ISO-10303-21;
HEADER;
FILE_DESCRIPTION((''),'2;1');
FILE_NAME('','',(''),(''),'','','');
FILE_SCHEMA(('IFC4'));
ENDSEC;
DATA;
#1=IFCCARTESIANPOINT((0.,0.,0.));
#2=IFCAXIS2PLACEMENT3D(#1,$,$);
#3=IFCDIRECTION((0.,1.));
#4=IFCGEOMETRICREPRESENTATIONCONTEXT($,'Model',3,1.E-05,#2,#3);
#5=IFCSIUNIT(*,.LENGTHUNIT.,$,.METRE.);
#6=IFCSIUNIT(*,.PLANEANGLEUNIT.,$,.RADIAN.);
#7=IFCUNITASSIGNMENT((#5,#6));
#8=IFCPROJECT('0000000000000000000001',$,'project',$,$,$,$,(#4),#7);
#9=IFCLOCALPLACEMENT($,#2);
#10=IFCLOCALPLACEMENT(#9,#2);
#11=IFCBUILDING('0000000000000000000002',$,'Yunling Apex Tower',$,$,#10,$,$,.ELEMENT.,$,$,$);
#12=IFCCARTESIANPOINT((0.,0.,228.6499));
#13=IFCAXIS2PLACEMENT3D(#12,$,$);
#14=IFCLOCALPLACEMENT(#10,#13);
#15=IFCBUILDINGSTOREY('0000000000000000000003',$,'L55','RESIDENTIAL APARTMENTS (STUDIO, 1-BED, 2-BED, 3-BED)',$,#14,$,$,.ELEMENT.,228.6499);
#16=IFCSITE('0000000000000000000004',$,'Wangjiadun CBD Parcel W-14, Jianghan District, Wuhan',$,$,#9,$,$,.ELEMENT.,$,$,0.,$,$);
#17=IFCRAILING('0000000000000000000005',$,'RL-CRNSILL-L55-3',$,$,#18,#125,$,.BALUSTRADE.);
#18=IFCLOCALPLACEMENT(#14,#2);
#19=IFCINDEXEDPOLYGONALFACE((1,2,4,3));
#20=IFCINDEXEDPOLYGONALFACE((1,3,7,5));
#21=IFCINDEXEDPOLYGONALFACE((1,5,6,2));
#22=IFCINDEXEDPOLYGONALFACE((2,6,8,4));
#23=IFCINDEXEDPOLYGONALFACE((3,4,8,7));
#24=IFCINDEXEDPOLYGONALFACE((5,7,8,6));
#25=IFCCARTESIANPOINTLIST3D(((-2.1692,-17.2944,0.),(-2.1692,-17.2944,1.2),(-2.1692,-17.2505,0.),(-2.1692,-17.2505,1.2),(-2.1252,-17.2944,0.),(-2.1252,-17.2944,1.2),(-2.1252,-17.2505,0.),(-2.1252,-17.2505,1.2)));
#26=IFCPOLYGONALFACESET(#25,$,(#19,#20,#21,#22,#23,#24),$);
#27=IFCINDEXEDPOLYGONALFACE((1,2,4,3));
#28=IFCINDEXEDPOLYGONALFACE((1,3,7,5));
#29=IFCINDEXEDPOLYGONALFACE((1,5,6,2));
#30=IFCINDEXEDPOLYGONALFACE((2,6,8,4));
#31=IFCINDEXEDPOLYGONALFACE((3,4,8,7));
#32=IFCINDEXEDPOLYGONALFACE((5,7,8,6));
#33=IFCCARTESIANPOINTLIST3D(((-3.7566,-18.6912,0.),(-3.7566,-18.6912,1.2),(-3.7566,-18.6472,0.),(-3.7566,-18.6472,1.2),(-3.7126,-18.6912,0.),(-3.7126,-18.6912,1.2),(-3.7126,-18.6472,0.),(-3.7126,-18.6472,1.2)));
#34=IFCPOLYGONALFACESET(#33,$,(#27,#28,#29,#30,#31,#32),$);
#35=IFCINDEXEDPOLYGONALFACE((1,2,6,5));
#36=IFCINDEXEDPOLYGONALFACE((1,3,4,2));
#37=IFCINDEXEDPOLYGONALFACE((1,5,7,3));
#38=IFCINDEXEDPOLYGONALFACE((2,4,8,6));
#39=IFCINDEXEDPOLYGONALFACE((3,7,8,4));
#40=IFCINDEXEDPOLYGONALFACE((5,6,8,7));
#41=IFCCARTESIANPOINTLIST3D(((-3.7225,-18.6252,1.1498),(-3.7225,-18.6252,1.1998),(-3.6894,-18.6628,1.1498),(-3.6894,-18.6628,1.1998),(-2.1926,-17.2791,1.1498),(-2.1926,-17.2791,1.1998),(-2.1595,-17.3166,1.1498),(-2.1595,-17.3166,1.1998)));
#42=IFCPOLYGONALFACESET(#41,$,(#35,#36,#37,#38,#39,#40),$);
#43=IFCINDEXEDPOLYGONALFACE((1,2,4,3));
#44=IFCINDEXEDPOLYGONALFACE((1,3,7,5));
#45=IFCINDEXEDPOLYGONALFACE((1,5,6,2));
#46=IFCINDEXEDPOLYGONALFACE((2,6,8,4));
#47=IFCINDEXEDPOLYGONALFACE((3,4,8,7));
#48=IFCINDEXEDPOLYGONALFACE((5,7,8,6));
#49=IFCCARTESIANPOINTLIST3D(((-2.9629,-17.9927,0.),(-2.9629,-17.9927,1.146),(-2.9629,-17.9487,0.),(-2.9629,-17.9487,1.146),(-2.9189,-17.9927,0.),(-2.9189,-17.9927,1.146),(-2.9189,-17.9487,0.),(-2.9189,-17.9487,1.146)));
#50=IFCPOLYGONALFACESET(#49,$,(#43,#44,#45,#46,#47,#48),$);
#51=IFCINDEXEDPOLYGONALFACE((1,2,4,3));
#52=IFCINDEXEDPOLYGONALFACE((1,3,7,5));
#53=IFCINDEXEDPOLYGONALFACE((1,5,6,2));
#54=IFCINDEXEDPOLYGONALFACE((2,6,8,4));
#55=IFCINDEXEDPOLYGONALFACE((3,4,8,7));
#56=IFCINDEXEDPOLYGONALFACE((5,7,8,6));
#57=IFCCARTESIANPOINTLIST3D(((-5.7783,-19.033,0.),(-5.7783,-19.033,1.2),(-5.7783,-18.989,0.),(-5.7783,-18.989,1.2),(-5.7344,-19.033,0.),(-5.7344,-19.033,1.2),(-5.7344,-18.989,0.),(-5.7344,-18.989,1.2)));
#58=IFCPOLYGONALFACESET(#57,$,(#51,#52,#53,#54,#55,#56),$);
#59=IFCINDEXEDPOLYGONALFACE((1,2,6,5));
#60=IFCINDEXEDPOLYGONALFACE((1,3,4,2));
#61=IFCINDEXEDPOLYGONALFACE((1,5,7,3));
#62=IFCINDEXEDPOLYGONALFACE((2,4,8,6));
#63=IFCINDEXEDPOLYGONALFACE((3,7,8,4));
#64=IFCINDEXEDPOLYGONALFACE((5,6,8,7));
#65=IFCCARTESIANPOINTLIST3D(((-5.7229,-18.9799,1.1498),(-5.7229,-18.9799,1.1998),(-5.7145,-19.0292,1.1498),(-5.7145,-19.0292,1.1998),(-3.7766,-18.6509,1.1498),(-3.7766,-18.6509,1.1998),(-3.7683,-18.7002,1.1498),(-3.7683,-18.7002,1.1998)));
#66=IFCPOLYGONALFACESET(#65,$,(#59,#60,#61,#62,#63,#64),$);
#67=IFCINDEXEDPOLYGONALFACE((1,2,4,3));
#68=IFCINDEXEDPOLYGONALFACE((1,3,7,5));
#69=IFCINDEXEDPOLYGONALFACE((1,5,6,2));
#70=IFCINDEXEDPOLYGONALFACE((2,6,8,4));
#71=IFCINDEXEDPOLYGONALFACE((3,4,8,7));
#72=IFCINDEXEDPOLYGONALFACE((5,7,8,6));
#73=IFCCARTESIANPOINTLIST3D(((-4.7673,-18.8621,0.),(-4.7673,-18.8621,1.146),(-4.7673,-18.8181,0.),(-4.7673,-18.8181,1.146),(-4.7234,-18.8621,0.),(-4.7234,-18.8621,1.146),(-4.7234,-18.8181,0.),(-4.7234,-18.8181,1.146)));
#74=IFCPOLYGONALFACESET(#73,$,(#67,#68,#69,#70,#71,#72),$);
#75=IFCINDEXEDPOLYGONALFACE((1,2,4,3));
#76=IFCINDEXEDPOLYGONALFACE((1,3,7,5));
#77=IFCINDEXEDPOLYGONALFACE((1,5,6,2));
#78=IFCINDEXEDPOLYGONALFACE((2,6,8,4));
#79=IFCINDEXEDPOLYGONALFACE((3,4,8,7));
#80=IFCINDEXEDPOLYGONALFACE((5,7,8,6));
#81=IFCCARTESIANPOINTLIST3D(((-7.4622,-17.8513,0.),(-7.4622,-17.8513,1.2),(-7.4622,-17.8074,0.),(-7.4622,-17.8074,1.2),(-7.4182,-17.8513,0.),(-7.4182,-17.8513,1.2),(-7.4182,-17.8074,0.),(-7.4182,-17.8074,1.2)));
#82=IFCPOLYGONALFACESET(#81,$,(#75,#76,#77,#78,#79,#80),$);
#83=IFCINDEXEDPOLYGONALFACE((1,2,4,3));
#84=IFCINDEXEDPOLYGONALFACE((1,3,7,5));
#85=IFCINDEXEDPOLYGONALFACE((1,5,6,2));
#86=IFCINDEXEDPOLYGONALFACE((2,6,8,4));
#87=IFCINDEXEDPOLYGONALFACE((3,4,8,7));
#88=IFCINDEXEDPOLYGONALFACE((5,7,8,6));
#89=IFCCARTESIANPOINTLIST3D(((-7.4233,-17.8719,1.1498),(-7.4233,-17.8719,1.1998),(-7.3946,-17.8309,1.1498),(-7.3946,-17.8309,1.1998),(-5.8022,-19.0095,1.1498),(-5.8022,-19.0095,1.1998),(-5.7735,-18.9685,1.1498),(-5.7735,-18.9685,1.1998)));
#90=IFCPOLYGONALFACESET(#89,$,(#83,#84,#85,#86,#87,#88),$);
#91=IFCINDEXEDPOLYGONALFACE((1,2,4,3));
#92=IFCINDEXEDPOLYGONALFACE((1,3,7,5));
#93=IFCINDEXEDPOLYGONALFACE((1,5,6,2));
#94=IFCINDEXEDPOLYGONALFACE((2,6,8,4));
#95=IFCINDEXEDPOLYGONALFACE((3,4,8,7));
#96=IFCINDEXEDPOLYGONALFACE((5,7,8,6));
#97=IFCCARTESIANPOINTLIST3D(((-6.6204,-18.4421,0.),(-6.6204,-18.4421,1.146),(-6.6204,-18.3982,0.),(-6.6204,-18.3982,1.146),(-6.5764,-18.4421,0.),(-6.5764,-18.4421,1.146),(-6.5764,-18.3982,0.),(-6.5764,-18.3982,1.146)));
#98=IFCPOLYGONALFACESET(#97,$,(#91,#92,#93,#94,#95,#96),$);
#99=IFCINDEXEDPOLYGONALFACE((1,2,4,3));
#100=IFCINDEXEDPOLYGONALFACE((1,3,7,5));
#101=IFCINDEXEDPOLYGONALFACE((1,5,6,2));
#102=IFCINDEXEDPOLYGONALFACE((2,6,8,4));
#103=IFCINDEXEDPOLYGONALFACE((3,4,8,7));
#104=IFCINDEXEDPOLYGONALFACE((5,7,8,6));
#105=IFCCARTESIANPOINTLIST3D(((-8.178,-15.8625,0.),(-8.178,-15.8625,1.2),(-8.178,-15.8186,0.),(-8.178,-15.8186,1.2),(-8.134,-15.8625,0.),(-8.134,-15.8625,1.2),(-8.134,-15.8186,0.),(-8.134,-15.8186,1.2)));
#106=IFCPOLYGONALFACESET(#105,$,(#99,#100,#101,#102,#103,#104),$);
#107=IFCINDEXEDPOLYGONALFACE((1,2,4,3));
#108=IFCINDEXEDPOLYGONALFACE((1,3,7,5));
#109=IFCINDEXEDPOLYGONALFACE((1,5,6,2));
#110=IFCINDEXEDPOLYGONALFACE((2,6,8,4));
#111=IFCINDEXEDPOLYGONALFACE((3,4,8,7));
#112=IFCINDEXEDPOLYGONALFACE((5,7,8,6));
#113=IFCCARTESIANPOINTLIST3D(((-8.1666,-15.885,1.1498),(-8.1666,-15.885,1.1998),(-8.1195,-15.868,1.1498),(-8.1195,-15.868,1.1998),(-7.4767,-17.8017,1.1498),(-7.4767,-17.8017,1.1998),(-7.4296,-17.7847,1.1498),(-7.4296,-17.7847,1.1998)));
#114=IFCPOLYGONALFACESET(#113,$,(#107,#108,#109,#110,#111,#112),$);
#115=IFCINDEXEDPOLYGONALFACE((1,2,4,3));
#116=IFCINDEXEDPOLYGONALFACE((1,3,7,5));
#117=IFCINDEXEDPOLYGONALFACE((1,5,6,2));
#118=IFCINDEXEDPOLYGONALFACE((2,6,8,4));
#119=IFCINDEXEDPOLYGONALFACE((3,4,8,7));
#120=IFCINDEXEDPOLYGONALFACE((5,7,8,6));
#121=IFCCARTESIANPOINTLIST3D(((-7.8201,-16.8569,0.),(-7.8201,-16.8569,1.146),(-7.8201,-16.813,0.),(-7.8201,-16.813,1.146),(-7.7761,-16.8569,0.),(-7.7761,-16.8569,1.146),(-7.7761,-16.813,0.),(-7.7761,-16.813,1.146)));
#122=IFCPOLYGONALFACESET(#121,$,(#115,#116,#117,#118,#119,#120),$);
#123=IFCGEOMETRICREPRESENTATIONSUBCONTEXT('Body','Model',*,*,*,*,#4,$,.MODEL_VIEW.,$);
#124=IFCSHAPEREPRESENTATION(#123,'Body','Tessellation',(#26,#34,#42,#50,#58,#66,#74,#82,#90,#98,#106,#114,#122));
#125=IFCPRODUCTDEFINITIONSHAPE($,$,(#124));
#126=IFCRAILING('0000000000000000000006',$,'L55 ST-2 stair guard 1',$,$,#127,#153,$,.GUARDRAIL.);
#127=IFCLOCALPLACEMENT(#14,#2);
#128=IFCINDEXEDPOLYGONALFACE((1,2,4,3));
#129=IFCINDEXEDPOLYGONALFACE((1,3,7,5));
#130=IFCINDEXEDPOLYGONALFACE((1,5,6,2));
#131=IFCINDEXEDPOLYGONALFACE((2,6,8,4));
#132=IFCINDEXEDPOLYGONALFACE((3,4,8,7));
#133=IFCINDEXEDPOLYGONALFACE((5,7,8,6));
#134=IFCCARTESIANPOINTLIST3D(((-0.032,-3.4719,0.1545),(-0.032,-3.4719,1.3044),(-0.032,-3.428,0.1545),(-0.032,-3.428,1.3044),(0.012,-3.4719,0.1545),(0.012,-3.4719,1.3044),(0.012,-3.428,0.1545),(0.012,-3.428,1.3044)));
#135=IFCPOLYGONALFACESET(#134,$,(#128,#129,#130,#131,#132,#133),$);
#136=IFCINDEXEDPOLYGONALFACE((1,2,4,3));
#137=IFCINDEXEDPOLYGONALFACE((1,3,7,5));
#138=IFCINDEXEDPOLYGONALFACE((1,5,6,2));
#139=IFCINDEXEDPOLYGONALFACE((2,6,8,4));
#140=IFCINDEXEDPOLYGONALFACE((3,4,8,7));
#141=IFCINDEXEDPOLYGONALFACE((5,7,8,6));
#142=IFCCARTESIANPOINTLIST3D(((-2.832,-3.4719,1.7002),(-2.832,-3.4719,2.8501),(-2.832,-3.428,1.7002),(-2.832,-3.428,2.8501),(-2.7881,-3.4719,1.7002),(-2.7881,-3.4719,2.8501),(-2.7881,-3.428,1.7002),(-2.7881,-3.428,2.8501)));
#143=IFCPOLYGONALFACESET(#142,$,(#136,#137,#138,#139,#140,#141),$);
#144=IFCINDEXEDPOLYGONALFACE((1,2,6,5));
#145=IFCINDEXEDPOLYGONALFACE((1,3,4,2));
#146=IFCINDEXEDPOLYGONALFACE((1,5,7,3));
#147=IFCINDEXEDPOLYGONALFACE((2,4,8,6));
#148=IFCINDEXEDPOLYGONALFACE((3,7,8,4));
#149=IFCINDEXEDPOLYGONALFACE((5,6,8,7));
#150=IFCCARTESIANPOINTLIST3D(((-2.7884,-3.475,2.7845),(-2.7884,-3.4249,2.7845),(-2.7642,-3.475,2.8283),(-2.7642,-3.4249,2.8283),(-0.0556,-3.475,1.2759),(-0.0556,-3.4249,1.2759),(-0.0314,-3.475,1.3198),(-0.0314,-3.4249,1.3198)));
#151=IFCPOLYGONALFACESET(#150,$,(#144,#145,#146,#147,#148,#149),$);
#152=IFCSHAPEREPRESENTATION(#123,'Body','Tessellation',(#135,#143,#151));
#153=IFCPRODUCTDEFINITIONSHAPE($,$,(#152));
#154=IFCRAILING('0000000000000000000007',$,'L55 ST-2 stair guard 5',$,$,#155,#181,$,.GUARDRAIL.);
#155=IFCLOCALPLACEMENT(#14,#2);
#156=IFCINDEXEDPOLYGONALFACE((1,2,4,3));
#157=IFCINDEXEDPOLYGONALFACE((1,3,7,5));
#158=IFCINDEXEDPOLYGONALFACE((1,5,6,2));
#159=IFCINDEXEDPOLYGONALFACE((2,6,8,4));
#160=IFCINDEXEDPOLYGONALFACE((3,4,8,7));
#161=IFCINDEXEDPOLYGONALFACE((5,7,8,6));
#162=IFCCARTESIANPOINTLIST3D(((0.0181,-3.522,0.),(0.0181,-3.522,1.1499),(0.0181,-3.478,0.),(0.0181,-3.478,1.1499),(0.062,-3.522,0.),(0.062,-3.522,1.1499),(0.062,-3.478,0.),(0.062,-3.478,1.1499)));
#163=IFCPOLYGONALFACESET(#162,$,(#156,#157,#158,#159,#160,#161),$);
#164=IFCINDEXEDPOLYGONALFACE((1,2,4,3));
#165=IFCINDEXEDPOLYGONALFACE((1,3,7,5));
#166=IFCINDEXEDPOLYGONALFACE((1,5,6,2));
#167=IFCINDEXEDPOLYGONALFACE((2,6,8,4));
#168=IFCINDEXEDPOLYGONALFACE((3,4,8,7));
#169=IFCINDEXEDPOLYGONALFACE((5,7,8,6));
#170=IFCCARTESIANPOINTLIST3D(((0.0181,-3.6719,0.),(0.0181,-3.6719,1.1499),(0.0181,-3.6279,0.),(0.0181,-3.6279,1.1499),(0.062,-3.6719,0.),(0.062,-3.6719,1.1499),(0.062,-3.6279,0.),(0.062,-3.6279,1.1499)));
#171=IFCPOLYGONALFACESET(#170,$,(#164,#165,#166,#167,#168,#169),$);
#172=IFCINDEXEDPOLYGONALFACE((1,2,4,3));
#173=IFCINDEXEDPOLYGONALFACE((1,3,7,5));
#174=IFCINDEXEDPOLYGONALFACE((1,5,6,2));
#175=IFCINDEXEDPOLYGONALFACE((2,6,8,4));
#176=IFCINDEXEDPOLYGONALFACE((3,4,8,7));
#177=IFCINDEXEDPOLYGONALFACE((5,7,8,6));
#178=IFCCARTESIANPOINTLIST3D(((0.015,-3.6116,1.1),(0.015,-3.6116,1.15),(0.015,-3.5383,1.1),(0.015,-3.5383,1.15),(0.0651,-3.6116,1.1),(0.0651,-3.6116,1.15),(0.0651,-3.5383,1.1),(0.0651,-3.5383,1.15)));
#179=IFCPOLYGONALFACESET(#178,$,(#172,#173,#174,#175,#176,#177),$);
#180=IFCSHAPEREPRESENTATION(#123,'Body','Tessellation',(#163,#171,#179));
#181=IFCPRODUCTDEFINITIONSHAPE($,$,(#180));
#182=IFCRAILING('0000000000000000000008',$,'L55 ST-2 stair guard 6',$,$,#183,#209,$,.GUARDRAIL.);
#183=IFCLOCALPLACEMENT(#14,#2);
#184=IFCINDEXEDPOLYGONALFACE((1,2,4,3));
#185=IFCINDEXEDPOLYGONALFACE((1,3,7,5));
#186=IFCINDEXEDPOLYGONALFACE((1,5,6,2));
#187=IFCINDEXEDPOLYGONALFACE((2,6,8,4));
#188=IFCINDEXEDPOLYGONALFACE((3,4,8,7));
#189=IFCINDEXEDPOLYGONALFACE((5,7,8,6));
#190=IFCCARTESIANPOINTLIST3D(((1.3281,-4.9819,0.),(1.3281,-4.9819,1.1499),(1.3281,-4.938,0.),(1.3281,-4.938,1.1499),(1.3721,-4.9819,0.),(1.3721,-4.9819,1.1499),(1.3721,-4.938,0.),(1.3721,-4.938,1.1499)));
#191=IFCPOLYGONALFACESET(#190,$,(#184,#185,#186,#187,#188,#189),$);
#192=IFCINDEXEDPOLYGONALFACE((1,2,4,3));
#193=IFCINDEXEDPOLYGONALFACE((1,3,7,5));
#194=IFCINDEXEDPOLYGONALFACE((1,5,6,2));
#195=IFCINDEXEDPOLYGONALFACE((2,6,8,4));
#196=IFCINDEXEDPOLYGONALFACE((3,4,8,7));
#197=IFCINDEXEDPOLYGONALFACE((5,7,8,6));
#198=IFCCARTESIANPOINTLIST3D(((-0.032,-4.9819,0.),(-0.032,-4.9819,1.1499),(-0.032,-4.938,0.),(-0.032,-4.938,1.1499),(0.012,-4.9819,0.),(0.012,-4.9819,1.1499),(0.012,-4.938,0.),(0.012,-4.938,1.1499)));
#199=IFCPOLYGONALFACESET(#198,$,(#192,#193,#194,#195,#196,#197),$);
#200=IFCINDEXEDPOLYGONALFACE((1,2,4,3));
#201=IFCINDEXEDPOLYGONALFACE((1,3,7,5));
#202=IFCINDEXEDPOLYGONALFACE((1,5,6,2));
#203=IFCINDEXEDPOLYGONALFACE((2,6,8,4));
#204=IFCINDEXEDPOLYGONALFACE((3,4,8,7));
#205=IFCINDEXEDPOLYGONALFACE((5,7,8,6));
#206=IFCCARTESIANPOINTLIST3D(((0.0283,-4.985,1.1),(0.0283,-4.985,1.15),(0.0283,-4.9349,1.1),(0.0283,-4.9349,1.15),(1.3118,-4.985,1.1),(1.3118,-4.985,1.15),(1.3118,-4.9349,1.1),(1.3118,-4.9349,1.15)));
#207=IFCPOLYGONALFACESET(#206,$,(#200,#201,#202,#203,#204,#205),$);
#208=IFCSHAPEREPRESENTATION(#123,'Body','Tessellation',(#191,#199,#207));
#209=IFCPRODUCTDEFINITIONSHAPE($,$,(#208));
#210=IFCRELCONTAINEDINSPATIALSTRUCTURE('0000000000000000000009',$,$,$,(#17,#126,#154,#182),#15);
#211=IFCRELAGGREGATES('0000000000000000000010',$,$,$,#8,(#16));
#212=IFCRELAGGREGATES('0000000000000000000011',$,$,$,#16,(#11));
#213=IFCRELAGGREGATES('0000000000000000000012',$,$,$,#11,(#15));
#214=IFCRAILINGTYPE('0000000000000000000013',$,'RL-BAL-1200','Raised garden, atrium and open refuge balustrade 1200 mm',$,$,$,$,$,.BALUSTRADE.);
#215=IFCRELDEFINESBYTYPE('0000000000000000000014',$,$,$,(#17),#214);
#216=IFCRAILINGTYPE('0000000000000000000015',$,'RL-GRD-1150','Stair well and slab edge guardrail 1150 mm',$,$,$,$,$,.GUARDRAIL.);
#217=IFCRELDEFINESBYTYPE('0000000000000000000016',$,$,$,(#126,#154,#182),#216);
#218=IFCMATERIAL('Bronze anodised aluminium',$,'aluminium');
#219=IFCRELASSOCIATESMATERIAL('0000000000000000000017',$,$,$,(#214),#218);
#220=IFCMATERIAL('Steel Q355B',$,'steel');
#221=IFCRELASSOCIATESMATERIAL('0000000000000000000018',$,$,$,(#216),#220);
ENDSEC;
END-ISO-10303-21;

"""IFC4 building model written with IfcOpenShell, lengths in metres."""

from ifc_helpers import new_model, si_unit, direction, frame, origin, origin_2d, place, context, subcontext, project, spatial, rectangle, extrude, material, type_object, element, save


model = new_model("IFC4")

# Units and contexts
model_context = context("Model", 3, precision=1e-05, world=origin(), true_north=direction((0.0, 1.0)))
body_context = subcontext(model_context, "Body", "Model", "MODEL_VIEW")
ifc_project = project(units=[si_unit("LENGTHUNIT", "METRE"), si_unit("PLANEANGLEUNIT", "RADIAN")], contexts=[model_context])

# Site, building, storey
site_placement = place(None, origin())
site = spatial("IfcSite", under=ifc_project, at=site_placement, Name="Wangjiadun CBD Parcel W-14, Jianghan District, Wuhan", CompositionType="ELEMENT", RefElevation=0.0)
building_placement = place(site_placement, origin())
building = spatial("IfcBuilding", under=site, at=building_placement, Name="Yunling Apex Tower", CompositionType="ELEMENT")
storey_placement = place(building_placement, frame((0.0, 0.0, 228.6499)))
storey = spatial("IfcBuildingStorey", under=building, at=storey_placement, Name="L55", Description="RESIDENTIAL APARTMENTS (STUDIO, 1-BED, 2-BED, 3-BED)", CompositionType="ELEMENT", Elevation=228.6499)

# Shared definitions
ifc_material_1 = material(Name="Steel Q355B", Category="steel")

# Shared definitions
ifc_material_2 = material(Name="Bronze anodised aluminium", Category="aluminium")

# Railings
railing_type_1 = type_object("IfcRailingType", Name="RL-BAL-1200", Description="Raised garden, atrium and open refuge balustrade 1200 mm", PredefinedType="BALUSTRADE", material=ifc_material_2)
railing_1_placement = place(storey_placement, frame((-2.1472, -17.2725, 0.0)))
element("IfcRailing", 1, at=railing_1_placement, inside=storey, type_object=railing_type_1, Name="RL-CRNSILL-L55-3", PredefinedType="BALUSTRADE", context=body_context, shape_type="SweptSolid", body=[
    extrude(rectangle(XDim=0.0439, YDim=0.0439, at=origin_2d()), origin(), (0.0, 0.0, 1.0), 1.2),
    extrude(rectangle(XDim=0.0439, YDim=0.0439, at=origin_2d()), frame((-1.5874, -1.3967, 0.0)), (0.0, 0.0, 1.0), 1.2),
    extrude(rectangle(XDim=0.05, YDim=0.05, at=origin_2d()), frame((-0.0288, -0.0254, 1.1748), z_axis=(-0.750757, -0.660578, 0.0), x_axis=(0.660578, -0.750757, 0.0)), (0.0, 0.0, 1.0), 2.0378),
    extrude(rectangle(XDim=0.0439, YDim=0.0439, at=origin_2d()), frame((-0.7937, -0.6982, 0.0)), (0.0, 0.0, 1.0), 1.146),
    extrude(rectangle(XDim=0.0439, YDim=0.0439, at=origin_2d()), frame((-3.6091, -1.7385, 0.0)), (0.0, 0.0, 1.0), 1.2),
    extrude(rectangle(XDim=0.05, YDim=0.05, at=origin_2d()), frame((-1.6252, -1.4031, 1.1748), z_axis=(-0.986008, -0.166696, 0.0), x_axis=(0.166696, -0.986008, 0.0)), (0.0, 0.0, 1.0), 1.9739),
    extrude(rectangle(XDim=0.0439, YDim=0.0439, at=origin_2d()), frame((-2.5981, -1.5676, 0.0)), (0.0, 0.0, 1.0), 1.146),
    extrude(rectangle(XDim=0.0439, YDim=0.0439, at=origin_2d()), frame((-5.293, -0.5569, 0.0)), (0.0, 0.0, 1.0), 1.2),
    extrude(rectangle(XDim=0.05, YDim=0.05, at=origin_2d()), frame((-3.6406, -1.7166, 1.1748), z_axis=(-0.818557, 0.574426, 0.0), x_axis=(-0.574426, -0.818557, 0.0)), (0.0, 0.0, 1.0), 1.9805),
    extrude(rectangle(XDim=0.0439, YDim=0.0439, at=origin_2d()), frame((-4.4512, -1.1477, 0.0)), (0.0, 0.0, 1.0), 1.146),
    extrude(rectangle(XDim=0.0439, YDim=0.0439, at=origin_2d()), frame((-6.0088, 1.4319, 0.0)), (0.0, 0.0, 1.0), 1.2),
    extrude(rectangle(XDim=0.05, YDim=0.05, at=origin_2d()), frame((-5.3059, -0.5208, 1.1748), z_axis=(-0.338662, 0.940908, 0.0), x_axis=(-0.940908, -0.338662, 0.0)), (0.0, 0.0, 1.0), 2.0371),
    extrude(rectangle(XDim=0.0439, YDim=0.0439, at=origin_2d()), frame((-5.6509, 0.4375, 0.0)), (0.0, 0.0, 1.0), 1.146),
])
railing_type_2 = type_object("IfcRailingType", Name="RL-GRD-1150", Description="Stair well and slab edge guardrail 1150 mm", PredefinedType="GUARDRAIL", material=ifc_material_1)
railing_2_placement = place(storey_placement, frame((-0.01, -3.45, 0.1545)))
element("IfcRailing", 2, at=railing_2_placement, inside=storey, type_object=railing_type_2, Name="L55 ST-2 stair guard 1", PredefinedType="GUARDRAIL", context=body_context, shape_type="SweptSolid", body=[
    extrude(rectangle(XDim=0.0439, YDim=0.0439, at=origin_2d()), origin(), (0.0, 0.0, 1.0), 1.1499),
    extrude(rectangle(XDim=0.0439, YDim=0.0439, at=origin_2d()), frame((-2.8, 0.0, 1.5457)), (0.0, 0.0, 1.0), 1.1499),
    extrude(rectangle(XDim=0.05, YDim=0.05, at=origin_2d()), frame((-0.0334, 0.0, 1.1433), z_axis=(-0.875472, 0.0, 0.483269), x_axis=(0.0, -1.0, 0.0)), (0.0, 0.0, 1.0), 3.1216),
])
railing_3_placement = place(storey_placement, frame((0.04, -3.5, 0.0)))
element("IfcRailing", 3, at=railing_3_placement, inside=storey, type_object=railing_type_2, Name="L55 ST-2 stair guard 5", PredefinedType="GUARDRAIL", context=body_context, shape_type="SweptSolid", body=[
    extrude(rectangle(XDim=0.0439, YDim=0.0439, at=origin_2d()), origin(), (0.0, 0.0, 1.0), 1.1499),
    extrude(rectangle(XDim=0.0439, YDim=0.0439, at=origin_2d()), frame((0.0, -0.1499, 0.0)), (0.0, 0.0, 1.0), 1.1499),
    extrude(rectangle(XDim=0.05, YDim=0.05, at=origin_2d()), frame((0.0, -0.0383, 1.125), z_axis=(0.0, -1.0, 0.0), x_axis=(1.0, 0.0, 0.0)), (0.0, 0.0, 1.0), 0.0732),
])
railing_4_placement = place(storey_placement, frame((1.3501, -4.96, 0.0)))
element("IfcRailing", 4, at=railing_4_placement, inside=storey, type_object=railing_type_2, Name="L55 ST-2 stair guard 6", PredefinedType="GUARDRAIL", context=body_context, shape_type="SweptSolid", body=[
    extrude(rectangle(XDim=0.0439, YDim=0.0439, at=origin_2d()), origin(), (0.0, 0.0, 1.0), 1.1499),
    extrude(rectangle(XDim=0.0439, YDim=0.0439, at=origin_2d()), frame((-1.3601, 0.0, 0.0)), (0.0, 0.0, 1.0), 1.1499),
    extrude(rectangle(XDim=0.05, YDim=0.05, at=origin_2d()), frame((-0.0383, 0.0, 1.125), z_axis=(-1.0, 0.0, 0.0), x_axis=(0.0, -1.0, 0.0)), (0.0, 0.0, 1.0), 1.2834),
])

save(model, "model.ifc")
